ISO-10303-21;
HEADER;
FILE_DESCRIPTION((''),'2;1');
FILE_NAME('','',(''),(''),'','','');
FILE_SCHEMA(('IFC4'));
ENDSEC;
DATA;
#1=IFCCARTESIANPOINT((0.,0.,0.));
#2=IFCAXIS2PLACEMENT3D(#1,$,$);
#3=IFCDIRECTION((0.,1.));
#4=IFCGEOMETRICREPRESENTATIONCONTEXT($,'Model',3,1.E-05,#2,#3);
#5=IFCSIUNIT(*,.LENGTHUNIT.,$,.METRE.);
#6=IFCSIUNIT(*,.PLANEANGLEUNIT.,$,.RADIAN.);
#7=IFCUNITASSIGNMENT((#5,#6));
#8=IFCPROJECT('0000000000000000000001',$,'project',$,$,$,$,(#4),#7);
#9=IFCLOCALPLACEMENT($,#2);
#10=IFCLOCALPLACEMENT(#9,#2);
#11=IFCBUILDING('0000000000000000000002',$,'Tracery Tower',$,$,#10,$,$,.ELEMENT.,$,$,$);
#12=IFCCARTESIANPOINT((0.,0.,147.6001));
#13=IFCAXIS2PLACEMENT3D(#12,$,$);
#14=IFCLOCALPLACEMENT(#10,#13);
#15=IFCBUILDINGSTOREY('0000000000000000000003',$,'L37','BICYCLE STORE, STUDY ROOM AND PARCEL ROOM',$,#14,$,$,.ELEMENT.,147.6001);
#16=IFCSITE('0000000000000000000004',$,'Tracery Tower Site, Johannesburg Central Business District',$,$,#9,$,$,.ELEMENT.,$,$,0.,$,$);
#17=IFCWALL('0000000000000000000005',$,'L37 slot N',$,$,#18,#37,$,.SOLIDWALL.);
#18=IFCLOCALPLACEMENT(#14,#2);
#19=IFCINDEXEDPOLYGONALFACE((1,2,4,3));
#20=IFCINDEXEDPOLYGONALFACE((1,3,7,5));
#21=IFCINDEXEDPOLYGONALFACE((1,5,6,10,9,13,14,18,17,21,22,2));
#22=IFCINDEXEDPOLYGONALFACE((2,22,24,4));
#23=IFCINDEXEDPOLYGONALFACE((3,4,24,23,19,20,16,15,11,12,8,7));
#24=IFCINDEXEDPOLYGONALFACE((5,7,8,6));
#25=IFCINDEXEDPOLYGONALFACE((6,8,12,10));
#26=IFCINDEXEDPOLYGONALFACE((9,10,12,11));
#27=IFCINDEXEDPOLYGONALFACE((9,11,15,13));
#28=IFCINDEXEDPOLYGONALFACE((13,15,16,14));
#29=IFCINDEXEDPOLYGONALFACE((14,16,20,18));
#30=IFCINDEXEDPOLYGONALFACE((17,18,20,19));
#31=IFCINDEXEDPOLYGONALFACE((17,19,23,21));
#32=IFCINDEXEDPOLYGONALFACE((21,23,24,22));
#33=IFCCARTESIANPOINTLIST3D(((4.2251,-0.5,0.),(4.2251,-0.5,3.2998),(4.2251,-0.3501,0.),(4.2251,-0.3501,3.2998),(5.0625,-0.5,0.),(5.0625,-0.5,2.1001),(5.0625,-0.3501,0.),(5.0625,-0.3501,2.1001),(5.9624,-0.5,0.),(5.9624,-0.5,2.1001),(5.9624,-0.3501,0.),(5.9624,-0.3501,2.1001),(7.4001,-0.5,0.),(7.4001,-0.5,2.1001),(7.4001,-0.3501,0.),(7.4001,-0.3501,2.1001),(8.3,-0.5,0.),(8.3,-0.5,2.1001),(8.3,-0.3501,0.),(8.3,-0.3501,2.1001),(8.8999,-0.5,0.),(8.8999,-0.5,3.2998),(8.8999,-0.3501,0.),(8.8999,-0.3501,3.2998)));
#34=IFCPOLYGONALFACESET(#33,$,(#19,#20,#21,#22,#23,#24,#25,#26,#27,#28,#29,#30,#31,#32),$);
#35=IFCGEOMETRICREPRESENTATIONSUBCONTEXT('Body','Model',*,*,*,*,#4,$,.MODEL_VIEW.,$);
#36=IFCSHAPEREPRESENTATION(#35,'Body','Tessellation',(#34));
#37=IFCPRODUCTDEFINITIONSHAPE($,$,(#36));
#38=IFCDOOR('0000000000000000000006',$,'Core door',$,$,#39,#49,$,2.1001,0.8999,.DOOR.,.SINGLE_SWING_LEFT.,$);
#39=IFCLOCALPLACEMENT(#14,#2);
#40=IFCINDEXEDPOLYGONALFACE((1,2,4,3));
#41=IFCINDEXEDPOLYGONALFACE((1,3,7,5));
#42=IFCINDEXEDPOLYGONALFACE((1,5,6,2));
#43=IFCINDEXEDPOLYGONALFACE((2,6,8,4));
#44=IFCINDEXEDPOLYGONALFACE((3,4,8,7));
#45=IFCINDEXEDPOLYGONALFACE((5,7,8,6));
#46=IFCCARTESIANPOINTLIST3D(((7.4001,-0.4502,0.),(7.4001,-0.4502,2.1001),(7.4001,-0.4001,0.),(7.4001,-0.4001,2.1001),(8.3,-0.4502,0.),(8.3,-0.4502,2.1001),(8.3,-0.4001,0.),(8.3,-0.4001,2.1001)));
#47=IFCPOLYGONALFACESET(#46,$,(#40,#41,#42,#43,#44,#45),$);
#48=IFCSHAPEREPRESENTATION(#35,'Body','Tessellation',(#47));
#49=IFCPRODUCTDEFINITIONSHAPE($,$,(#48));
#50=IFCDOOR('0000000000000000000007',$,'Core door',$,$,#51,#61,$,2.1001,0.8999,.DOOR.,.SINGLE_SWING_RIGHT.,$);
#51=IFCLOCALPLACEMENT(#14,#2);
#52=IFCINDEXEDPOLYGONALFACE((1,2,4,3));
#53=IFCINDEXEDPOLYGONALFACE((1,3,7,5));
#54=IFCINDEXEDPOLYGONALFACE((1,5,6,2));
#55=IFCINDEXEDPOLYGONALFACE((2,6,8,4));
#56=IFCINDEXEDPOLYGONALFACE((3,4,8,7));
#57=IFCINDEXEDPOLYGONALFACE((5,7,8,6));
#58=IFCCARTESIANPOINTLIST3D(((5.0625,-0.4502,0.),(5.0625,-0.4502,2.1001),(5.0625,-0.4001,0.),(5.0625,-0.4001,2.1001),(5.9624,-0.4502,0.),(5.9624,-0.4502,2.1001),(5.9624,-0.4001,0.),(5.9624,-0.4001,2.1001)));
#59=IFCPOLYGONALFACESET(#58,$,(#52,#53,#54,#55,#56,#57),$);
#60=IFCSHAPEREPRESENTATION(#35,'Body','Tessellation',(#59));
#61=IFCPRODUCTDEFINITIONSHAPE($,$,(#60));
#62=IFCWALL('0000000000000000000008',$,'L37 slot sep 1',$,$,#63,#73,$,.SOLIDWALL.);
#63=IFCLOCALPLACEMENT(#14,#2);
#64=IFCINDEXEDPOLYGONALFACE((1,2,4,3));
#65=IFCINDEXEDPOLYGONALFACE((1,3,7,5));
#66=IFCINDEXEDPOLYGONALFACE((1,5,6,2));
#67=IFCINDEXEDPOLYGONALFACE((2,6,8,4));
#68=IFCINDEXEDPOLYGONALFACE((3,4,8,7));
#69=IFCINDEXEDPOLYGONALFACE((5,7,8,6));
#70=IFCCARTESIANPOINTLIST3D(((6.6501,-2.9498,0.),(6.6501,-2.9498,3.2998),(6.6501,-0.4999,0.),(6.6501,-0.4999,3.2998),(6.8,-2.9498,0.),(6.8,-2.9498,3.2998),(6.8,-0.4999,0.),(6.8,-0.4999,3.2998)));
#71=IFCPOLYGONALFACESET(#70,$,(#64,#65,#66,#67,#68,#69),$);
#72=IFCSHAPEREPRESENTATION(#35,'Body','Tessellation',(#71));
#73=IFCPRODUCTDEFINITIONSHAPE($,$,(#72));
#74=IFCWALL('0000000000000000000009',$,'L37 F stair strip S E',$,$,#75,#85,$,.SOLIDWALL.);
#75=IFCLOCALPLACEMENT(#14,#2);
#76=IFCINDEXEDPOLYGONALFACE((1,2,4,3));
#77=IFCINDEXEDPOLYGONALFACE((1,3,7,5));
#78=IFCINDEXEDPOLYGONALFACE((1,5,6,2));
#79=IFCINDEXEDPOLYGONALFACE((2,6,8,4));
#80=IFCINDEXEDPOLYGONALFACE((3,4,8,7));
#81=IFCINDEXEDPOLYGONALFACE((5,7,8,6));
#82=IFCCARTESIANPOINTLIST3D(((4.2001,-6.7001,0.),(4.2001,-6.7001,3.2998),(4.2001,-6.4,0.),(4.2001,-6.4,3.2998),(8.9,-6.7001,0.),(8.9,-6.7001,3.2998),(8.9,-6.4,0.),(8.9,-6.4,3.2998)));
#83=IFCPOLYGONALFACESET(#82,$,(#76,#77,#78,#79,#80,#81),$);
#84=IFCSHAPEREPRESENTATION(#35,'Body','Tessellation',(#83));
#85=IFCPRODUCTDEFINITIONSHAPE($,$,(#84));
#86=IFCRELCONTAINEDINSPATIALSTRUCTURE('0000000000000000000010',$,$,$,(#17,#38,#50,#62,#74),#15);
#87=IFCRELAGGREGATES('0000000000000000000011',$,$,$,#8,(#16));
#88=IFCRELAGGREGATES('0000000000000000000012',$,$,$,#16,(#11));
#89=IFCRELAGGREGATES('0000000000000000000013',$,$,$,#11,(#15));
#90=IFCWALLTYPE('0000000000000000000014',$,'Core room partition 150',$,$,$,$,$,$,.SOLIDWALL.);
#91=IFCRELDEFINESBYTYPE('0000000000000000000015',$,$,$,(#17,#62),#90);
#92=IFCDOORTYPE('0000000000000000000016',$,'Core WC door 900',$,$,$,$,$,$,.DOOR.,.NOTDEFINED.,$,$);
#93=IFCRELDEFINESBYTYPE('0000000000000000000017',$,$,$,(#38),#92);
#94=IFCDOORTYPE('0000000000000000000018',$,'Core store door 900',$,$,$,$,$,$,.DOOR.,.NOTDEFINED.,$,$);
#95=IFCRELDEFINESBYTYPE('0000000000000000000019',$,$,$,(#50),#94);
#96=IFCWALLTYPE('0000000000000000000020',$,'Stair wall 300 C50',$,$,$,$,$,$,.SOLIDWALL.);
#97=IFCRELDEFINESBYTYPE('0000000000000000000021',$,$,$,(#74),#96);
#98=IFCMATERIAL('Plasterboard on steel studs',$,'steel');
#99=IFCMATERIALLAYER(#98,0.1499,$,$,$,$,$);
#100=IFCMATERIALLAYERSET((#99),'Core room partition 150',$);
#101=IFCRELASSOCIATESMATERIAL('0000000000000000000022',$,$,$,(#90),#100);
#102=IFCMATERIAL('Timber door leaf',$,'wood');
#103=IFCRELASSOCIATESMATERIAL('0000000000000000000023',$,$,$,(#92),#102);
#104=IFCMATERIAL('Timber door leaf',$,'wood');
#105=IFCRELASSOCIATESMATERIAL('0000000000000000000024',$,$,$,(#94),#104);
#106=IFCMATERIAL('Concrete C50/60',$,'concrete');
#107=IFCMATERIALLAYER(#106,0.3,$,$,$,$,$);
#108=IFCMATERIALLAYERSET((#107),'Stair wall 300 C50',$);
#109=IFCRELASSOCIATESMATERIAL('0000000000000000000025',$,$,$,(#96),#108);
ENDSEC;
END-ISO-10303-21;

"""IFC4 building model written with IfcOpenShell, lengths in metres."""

from ifc_helpers import new_model, si_unit, direction, frame, frame_2d, origin, place, context, subcontext, project, spatial, rectangle, extrude, material, layer, layer_set, type_object, element, fill, save


model = new_model("IFC4")

# Units and contexts
model_context = context("Model", 3, precision=1e-05, world=origin(), true_north=direction((0.0, 1.0)))
body_context = subcontext(model_context, "Body", "Model", "MODEL_VIEW")
ifc_project = project(units=[si_unit("LENGTHUNIT", "METRE"), si_unit("PLANEANGLEUNIT", "RADIAN")], contexts=[model_context])

# Site, building, storey
site_placement = place(None, origin())
site = spatial("IfcSite", under=ifc_project, at=site_placement, Name="Tracery Tower Site, Johannesburg Central Business District", CompositionType="ELEMENT", RefElevation=0.0)
building_placement = place(site_placement, origin())
building = spatial("IfcBuilding", under=site, at=building_placement, Name="Tracery Tower", CompositionType="ELEMENT")
storey_placement = place(building_placement, frame((0.0, 0.0, 147.6001)))
storey = spatial("IfcBuildingStorey", under=building, at=storey_placement, Name="L37", Description="BICYCLE STORE, STUDY ROOM AND PARCEL ROOM", CompositionType="ELEMENT", Elevation=147.6001)

# Shared definitions
ifc_material_1 = material(Name="Plasterboard on steel studs", Category="steel")
ifc_layer_1 = layer(ifc_material_1, 0.1499)
ifc_layer_set_1 = layer_set([ifc_layer_1], Name="Core room partition 150")
wall_type_1 = type_object("IfcWallType", Name="Core room partition 150", PredefinedType="SOLIDWALL", material=ifc_layer_set_1)

# Wall, openings, doors
wall_1_placement = place(storey_placement, frame((4.2251, -0.425, 0.0), z_axis=(0.0, 0.0, 1.0), x_axis=(1.0, 0.0, 0.0)))
wall_1 = element("IfcWall", 1, at=wall_1_placement, inside=storey, type_object=wall_type_1, Name="L37 slot N", PredefinedType="SOLIDWALL", context=body_context, shape_type="SweptSolid", body=[
    extrude(rectangle(XDim=4.6748, YDim=0.1499, at=frame_2d((2.3374, 0.0))), origin(), (0.0, 0.0, 1.0), 3.2998),
])
opening_1_placement = place(wall_1_placement, frame((0.8374, 0.0, 0.0)))
opening_1 = element("IfcOpeningElement", 2, at=opening_1_placement, cuts=wall_1, PredefinedType="OPENING", context=body_context, shape_type="SweptSolid", body=[
    extrude(rectangle(XDim=0.8999, YDim=2.1001, at=frame_2d((0.45, 1.05))), frame((0.0, 0.075, 0.0), z_axis=(0.0, -1.0, 0.0), x_axis=(1.0, 0.0, 0.0)), (0.0, 0.0, 1.0), 0.1499),
])
opening_2_placement = place(wall_1_placement, frame((3.175, 0.0, 0.0)))
opening_2 = element("IfcOpeningElement", 3, at=opening_2_placement, cuts=wall_1, PredefinedType="OPENING", context=body_context, shape_type="SweptSolid", body=[
    extrude(rectangle(XDim=0.8999, YDim=2.1001, at=frame_2d((0.45, 1.05))), frame((0.0, 0.075, 0.0), z_axis=(0.0, -1.0, 0.0), x_axis=(1.0, 0.0, 0.0)), (0.0, 0.0, 1.0), 0.1499),
])
ifc_material_2 = material(Name="Timber door leaf", Category="wood")
door_type_1 = type_object("IfcDoorType", Name="Core WC door 900", OperationType="NOTDEFINED", PredefinedType="DOOR", material=ifc_material_2)
door_1_placement = place(opening_2_placement, origin())
door_1 = element("IfcDoor", 4, at=door_1_placement, inside=storey, type_object=door_type_1, Name="Core door", OperationType="SINGLE_SWING_LEFT", OverallHeight=2.1001, OverallWidth=0.8999, PredefinedType="DOOR", context=body_context, shape_type="SweptSolid", body=[
    extrude(rectangle(XDim=0.8999, YDim=2.1001, at=frame_2d((0.45, 1.05))), frame((0.0, 0.0249, 0.0), z_axis=(0.0, -1.0, 0.0), x_axis=(1.0, 0.0, 0.0)), (0.0, 0.0, 1.0), 0.05),
])
fill(opening_2, door_1)
ifc_material_3 = material(Name="Timber door leaf", Category="wood")
door_type_2 = type_object("IfcDoorType", Name="Core store door 900", OperationType="NOTDEFINED", PredefinedType="DOOR", material=ifc_material_3)
door_2_placement = place(opening_1_placement, origin())
door_2 = element("IfcDoor", 5, at=door_2_placement, inside=storey, type_object=door_type_2, Name="Core door", OperationType="SINGLE_SWING_RIGHT", OverallHeight=2.1001, OverallWidth=0.8999, PredefinedType="DOOR", context=body_context, shape_type="SweptSolid", body=[
    extrude(rectangle(XDim=0.8999, YDim=2.1001, at=frame_2d((0.45, 1.05))), frame((0.0, 0.0249, 0.0), z_axis=(0.0, -1.0, 0.0), x_axis=(1.0, 0.0, 0.0)), (0.0, 0.0, 1.0), 0.05),
])
fill(opening_1, door_2)

# Wall
wall_2_placement = place(storey_placement, frame((6.7251, -2.95, 0.0), z_axis=(0.0, 0.0, 1.0), x_axis=(0.0, 1.0, 0.0)))
element("IfcWall", 6, at=wall_2_placement, inside=storey, type_object=wall_type_1, Name="L37 slot sep 1", PredefinedType="SOLIDWALL", context=body_context, shape_type="SweptSolid", body=[
    extrude(rectangle(XDim=2.45, YDim=0.1499, at=frame_2d((1.2251, 0.0))), origin(), (0.0, 0.0, 1.0), 3.2998),
])

# Shared definitions
ifc_material_4 = material(Name="Concrete C50/60", Category="concrete")
ifc_layer_2 = layer(ifc_material_4, 0.3)
ifc_layer_set_2 = layer_set([ifc_layer_2], Name="Stair wall 300 C50")
wall_type_2 = type_object("IfcWallType", Name="Stair wall 300 C50", PredefinedType="SOLIDWALL", material=ifc_layer_set_2)

# Wall
wall_3_placement = place(storey_placement, frame((4.2, -6.55, 0.0), z_axis=(0.0, 0.0, 1.0), x_axis=(1.0, 0.0, 0.0)))
element("IfcWall", 7, at=wall_3_placement, inside=storey, type_object=wall_type_2, Name="L37 F stair strip S E", PredefinedType="SOLIDWALL", context=body_context, shape_type="SweptSolid", body=[
    extrude(rectangle(XDim=4.7, YDim=0.3, at=frame_2d((2.3501, 0.0))), origin(), (0.0, 0.0, 1.0), 3.2998),
])

save(model, "model.ifc")
